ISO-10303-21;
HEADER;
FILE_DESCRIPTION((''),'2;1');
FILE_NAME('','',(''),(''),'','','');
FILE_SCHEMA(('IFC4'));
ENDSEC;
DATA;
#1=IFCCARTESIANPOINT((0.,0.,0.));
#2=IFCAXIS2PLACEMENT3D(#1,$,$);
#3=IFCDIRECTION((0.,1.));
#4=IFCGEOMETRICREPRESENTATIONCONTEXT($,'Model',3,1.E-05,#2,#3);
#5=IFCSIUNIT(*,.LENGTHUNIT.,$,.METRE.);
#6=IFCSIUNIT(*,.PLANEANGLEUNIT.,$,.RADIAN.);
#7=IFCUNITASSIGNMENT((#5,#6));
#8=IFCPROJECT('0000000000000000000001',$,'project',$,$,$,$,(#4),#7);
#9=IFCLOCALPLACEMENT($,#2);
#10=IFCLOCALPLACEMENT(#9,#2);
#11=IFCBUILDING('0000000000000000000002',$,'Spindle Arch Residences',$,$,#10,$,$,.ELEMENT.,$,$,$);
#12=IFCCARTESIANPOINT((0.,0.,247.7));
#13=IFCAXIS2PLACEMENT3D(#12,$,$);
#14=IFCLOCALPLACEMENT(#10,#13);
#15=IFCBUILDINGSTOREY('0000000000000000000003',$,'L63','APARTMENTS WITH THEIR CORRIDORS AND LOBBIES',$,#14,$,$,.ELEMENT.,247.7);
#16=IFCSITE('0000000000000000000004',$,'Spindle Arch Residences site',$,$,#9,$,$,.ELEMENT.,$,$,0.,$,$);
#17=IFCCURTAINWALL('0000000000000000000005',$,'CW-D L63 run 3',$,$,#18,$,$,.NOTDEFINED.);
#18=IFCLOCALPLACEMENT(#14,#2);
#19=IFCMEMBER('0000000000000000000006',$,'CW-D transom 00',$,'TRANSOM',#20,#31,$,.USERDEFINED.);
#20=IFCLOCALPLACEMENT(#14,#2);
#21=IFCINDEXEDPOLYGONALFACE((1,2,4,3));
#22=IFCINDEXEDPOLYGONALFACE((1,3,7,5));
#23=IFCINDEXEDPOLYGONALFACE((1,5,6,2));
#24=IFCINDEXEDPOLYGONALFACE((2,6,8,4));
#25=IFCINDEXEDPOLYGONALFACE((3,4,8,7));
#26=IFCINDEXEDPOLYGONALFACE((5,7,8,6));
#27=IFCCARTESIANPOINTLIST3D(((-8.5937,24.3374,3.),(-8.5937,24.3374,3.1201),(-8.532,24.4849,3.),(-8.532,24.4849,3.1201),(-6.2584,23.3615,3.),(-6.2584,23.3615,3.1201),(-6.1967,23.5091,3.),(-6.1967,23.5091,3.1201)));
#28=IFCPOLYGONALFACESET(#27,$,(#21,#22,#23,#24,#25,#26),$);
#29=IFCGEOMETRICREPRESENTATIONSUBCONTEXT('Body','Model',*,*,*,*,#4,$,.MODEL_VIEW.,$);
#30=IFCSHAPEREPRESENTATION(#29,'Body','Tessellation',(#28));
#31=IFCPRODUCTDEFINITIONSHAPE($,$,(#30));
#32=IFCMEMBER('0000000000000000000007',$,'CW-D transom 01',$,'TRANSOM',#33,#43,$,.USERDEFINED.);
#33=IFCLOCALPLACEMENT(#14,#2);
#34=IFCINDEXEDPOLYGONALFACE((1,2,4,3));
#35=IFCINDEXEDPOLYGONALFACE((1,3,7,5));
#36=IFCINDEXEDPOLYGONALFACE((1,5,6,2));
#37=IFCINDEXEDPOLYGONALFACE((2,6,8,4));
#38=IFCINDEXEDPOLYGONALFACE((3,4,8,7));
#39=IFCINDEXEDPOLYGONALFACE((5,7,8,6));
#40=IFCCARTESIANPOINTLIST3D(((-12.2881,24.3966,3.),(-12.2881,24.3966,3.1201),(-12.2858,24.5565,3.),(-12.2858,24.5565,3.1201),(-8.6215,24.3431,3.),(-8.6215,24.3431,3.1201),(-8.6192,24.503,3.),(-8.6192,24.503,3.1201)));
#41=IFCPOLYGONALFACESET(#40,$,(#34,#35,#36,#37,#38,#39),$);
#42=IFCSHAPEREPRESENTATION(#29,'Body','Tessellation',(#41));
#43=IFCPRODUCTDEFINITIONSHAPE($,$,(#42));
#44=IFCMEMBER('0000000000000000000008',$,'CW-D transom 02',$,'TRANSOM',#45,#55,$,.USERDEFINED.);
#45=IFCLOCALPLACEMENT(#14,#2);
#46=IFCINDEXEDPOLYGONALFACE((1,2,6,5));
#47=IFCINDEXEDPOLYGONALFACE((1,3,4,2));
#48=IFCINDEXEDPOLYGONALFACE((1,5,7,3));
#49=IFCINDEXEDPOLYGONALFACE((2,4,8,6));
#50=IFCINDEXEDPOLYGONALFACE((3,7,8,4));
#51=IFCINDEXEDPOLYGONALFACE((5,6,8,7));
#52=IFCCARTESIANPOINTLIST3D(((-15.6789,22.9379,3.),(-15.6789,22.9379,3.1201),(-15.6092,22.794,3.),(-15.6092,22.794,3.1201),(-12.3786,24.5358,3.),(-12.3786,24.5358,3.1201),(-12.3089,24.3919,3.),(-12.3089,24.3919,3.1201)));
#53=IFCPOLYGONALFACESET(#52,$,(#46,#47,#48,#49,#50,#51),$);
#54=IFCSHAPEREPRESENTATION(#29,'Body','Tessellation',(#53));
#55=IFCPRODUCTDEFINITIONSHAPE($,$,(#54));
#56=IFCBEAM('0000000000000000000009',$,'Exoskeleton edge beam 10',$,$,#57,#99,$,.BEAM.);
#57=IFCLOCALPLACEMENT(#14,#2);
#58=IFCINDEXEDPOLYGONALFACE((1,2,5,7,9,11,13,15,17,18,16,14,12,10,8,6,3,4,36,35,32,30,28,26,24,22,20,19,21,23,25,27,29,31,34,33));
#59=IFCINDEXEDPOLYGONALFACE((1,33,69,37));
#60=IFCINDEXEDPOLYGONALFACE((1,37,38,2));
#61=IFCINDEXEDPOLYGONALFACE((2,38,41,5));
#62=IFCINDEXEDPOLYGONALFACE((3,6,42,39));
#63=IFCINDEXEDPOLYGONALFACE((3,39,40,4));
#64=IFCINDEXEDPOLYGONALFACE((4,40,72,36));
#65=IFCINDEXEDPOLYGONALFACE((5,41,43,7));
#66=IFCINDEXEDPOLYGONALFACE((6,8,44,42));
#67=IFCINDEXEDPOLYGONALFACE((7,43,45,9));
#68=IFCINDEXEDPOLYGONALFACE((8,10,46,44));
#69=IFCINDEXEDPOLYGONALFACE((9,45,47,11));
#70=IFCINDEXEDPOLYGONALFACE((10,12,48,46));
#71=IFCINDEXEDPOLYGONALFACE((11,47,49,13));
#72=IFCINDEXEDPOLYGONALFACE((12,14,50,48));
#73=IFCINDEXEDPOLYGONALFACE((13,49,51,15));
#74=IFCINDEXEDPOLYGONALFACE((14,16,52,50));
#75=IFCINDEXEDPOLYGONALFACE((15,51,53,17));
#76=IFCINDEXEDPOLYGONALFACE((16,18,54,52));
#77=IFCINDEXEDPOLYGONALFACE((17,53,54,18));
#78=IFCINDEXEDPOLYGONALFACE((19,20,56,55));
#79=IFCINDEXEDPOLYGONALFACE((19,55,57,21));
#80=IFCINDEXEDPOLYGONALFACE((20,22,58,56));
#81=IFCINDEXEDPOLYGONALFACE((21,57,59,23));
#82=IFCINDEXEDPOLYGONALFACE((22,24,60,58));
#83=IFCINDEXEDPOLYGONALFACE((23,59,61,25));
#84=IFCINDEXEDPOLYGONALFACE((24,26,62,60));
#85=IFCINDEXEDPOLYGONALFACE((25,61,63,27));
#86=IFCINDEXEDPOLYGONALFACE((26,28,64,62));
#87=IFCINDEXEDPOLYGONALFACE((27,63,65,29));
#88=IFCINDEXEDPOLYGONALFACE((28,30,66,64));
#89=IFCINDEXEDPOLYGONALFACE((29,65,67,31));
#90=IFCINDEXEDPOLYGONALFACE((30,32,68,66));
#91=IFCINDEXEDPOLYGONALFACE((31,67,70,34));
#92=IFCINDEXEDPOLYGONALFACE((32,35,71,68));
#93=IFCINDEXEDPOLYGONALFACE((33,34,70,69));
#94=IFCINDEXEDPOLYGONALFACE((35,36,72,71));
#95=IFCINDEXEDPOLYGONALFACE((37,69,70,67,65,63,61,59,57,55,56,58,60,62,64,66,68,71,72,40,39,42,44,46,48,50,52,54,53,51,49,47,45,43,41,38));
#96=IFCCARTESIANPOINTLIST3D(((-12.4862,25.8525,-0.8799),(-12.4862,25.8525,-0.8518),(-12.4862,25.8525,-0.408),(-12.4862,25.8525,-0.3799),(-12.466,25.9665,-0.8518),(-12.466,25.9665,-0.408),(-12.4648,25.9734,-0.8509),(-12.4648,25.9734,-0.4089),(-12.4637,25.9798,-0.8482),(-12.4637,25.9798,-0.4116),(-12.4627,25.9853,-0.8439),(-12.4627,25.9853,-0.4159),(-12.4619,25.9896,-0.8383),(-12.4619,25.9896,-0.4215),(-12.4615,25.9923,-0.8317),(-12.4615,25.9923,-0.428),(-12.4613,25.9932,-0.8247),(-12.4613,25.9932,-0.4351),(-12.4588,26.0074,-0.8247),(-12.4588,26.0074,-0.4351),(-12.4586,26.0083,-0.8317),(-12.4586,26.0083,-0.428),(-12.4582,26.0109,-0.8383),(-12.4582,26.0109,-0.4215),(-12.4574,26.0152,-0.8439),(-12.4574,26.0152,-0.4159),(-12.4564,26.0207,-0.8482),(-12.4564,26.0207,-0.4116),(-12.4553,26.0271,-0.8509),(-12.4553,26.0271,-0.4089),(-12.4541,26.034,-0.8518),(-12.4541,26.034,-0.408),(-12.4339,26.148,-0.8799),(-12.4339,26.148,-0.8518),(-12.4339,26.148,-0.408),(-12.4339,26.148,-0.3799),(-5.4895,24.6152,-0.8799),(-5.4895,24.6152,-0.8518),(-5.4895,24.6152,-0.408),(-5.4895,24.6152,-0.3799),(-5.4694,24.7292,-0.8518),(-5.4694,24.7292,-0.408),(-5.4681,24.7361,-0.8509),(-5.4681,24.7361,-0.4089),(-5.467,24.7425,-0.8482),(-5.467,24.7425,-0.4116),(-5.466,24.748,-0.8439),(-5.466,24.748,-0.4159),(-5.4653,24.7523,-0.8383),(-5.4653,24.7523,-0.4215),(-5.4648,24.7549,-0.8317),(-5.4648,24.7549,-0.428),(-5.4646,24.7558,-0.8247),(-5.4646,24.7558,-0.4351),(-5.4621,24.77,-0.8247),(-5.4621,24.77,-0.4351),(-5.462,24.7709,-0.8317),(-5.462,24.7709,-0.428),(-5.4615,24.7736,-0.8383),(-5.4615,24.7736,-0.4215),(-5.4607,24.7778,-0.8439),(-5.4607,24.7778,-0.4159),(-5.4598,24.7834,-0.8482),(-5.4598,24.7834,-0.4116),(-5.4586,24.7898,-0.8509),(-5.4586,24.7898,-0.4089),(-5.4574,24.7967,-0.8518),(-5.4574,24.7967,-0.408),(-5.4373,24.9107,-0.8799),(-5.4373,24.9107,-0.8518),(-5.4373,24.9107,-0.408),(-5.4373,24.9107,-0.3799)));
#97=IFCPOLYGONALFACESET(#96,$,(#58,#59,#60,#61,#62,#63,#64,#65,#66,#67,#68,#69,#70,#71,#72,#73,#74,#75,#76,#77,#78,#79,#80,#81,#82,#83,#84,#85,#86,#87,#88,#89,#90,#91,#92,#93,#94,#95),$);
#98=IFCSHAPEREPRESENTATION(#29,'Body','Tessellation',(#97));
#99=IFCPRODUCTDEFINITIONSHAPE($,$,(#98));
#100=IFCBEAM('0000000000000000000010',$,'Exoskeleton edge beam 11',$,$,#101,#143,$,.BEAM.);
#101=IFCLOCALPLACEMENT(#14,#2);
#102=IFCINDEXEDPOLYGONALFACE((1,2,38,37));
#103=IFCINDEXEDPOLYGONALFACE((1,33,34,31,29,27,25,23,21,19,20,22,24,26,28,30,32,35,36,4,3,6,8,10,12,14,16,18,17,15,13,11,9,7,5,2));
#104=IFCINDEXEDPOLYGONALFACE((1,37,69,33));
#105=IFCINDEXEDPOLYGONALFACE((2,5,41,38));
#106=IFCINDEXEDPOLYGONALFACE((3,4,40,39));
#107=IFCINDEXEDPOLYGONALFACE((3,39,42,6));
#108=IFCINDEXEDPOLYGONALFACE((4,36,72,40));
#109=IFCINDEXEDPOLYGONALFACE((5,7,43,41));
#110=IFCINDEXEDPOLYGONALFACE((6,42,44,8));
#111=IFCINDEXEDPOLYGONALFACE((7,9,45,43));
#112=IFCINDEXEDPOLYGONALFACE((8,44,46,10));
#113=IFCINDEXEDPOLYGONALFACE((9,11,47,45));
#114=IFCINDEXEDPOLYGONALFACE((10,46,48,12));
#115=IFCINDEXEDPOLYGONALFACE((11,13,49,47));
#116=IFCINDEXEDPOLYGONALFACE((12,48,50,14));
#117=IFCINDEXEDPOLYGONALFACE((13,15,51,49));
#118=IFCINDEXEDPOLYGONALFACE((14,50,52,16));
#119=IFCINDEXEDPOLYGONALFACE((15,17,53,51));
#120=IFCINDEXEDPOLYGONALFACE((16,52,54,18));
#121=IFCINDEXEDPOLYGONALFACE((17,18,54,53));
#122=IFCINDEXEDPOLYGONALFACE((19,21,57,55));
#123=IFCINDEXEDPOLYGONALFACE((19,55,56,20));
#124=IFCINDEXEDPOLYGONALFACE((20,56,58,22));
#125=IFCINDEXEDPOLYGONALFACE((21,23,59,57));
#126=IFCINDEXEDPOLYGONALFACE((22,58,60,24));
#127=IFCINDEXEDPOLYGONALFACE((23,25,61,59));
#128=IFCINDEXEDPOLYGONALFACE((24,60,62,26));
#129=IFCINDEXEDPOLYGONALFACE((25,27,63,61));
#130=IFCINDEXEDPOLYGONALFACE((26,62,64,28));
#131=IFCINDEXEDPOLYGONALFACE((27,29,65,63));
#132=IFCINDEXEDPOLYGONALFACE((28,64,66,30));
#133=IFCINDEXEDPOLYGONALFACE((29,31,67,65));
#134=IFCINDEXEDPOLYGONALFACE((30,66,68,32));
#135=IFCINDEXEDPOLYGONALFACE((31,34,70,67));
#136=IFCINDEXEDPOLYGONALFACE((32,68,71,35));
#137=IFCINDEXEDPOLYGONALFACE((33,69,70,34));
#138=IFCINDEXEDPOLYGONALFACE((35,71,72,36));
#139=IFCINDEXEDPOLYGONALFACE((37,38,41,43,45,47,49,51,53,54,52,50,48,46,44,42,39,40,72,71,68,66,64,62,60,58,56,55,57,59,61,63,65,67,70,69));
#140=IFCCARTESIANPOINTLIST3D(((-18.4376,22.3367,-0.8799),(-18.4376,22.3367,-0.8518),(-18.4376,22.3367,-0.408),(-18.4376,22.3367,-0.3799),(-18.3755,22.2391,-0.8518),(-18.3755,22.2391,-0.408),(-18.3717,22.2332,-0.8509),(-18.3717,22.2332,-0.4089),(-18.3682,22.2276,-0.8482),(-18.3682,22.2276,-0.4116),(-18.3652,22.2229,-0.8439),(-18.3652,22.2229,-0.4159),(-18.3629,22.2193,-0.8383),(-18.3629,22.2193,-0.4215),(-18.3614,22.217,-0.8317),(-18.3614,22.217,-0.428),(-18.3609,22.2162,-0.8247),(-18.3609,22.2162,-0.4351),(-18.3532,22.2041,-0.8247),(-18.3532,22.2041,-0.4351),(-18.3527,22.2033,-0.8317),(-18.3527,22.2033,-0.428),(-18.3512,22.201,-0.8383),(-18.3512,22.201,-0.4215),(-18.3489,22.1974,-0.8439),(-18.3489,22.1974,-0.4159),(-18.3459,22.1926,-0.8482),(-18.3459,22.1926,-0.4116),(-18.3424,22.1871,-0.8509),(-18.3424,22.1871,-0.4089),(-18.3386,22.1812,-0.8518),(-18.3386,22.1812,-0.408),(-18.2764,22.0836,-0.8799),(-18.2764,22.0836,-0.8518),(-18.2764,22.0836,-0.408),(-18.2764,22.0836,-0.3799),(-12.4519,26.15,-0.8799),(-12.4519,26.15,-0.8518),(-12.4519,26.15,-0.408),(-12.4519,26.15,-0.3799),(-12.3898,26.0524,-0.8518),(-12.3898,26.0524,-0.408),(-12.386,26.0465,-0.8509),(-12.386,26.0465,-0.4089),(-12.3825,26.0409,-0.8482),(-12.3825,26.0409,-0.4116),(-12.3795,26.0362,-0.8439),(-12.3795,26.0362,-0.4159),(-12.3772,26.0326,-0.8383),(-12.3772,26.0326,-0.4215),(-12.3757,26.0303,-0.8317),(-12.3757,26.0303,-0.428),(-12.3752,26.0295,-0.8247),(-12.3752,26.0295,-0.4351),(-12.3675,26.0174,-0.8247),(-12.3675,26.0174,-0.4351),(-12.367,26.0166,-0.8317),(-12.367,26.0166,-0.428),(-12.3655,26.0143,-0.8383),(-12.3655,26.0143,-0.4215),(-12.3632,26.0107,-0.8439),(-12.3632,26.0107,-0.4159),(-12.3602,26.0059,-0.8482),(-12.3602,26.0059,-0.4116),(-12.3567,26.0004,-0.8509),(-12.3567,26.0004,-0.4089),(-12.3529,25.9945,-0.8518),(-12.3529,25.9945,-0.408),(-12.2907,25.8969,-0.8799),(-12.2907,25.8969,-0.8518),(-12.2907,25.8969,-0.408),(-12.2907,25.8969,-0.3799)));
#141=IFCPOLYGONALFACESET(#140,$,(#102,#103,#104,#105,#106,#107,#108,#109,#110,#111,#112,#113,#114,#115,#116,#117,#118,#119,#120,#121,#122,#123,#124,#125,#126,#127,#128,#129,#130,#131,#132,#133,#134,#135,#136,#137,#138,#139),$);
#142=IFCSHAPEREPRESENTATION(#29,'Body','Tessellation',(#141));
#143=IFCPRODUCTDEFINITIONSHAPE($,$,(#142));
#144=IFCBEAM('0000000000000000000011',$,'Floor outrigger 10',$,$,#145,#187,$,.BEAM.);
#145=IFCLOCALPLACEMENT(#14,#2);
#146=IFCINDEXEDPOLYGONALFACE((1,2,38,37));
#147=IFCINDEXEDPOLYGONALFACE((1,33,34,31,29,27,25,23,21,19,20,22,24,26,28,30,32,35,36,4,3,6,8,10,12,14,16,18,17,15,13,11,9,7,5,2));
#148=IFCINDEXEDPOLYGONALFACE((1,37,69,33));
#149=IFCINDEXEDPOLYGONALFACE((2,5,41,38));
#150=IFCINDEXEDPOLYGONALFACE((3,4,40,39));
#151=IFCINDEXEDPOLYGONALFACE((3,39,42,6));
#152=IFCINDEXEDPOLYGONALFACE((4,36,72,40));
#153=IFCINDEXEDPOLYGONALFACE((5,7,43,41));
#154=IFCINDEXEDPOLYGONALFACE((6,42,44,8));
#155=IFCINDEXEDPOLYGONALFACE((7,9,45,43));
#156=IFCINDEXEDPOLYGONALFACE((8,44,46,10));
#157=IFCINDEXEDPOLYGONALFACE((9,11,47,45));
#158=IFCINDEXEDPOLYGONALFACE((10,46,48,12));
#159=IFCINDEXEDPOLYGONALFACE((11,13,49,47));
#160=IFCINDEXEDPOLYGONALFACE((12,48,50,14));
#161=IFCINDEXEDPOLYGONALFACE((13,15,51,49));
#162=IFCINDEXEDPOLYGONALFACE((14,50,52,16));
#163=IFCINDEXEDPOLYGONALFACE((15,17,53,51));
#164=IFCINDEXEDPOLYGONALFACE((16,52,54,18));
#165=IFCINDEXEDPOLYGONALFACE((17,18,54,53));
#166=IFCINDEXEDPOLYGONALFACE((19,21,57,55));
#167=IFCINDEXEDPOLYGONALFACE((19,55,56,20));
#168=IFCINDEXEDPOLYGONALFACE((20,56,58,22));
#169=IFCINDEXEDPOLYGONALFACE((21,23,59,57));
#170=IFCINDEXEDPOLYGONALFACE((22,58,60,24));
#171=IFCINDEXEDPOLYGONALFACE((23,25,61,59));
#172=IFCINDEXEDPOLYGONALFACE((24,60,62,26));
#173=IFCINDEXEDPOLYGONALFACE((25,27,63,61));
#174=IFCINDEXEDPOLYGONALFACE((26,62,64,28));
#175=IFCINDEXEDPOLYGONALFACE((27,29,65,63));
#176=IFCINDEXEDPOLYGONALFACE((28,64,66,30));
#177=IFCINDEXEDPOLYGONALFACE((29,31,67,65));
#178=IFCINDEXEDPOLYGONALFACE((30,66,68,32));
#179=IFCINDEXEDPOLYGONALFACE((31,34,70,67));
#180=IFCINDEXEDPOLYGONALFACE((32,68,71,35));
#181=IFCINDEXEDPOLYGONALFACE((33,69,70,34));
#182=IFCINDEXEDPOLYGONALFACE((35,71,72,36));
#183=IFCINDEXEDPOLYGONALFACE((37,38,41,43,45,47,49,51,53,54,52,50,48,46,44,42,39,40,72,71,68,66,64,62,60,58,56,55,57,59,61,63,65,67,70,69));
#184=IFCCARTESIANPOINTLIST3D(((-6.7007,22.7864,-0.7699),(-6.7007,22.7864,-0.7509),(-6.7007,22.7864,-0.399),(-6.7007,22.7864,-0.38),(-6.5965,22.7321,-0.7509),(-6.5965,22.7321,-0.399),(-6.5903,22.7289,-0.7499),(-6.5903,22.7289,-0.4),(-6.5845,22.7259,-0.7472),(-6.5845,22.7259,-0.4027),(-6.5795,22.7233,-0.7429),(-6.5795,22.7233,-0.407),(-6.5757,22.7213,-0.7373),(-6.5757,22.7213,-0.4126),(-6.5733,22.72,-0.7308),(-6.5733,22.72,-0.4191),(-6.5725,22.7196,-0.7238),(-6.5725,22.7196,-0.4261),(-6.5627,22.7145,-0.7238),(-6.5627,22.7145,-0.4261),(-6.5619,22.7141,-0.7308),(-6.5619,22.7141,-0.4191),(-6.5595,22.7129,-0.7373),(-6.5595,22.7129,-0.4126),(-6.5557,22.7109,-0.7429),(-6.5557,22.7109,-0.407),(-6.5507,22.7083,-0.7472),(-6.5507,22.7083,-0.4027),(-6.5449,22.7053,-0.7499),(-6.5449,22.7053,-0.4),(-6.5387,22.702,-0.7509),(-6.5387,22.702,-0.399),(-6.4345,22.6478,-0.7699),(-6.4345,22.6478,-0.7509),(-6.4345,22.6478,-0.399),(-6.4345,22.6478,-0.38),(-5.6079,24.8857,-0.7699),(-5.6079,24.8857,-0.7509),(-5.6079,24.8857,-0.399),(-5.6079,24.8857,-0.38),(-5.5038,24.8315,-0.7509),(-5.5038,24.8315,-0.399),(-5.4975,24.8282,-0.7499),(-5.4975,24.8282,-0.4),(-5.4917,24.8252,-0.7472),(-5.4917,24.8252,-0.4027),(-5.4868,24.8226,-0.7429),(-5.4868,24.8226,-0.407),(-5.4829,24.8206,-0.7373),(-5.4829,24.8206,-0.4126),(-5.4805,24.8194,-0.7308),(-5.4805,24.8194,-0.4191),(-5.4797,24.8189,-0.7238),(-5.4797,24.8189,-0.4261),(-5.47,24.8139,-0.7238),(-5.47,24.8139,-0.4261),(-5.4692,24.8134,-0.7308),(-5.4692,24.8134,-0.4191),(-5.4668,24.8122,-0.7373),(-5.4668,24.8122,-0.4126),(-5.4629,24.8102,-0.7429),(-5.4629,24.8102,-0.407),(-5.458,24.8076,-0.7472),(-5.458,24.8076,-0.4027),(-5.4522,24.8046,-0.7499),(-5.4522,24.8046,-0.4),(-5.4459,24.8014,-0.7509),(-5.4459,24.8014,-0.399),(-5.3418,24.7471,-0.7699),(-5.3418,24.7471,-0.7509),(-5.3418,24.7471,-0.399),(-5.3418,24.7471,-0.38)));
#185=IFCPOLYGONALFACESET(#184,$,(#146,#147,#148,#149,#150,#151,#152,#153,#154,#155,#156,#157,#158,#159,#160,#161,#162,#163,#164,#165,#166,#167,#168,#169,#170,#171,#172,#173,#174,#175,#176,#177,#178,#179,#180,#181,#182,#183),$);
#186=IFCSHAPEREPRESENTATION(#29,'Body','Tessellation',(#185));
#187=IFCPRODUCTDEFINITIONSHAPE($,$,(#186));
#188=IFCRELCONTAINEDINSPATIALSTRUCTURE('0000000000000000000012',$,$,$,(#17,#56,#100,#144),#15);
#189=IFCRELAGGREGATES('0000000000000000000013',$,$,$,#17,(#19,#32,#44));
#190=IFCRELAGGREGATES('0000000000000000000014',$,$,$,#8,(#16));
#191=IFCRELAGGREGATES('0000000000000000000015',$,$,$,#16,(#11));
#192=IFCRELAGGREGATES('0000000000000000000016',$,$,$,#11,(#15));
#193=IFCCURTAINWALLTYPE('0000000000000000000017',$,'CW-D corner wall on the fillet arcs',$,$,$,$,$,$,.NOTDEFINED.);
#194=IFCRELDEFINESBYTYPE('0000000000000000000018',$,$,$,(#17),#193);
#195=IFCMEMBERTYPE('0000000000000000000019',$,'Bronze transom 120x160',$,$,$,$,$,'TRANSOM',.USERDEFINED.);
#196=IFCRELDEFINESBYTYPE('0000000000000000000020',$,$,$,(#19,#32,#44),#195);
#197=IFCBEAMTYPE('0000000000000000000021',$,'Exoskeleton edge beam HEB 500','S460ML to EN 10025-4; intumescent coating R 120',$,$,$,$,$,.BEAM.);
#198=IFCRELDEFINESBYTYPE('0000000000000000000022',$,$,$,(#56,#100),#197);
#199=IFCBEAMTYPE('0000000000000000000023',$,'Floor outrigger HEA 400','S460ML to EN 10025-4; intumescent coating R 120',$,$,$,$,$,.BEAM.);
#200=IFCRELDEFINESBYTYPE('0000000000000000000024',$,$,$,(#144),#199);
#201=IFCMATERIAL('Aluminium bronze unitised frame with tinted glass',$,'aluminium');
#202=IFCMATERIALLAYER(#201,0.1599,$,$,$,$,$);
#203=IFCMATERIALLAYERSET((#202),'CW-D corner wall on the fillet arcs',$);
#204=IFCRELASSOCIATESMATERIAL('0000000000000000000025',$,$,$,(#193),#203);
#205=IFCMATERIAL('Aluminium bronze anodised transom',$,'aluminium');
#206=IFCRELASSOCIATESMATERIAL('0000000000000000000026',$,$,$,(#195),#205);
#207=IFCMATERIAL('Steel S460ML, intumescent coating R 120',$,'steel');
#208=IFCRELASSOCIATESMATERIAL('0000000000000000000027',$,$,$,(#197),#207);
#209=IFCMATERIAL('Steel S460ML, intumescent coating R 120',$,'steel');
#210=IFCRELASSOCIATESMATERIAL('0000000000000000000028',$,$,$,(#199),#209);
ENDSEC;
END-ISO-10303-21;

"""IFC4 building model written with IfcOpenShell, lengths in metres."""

from ifc_helpers import new_model, si_unit, direction, frame, origin, origin_2d, place, context, subcontext, project, spatial, rectangle, i_section, extrude, material, layer, layer_set, material_profile, profile_set, type_object, element, aggregate, save


model = new_model("IFC4")

# Units and contexts
model_context = context("Model", 3, precision=1e-05, world=origin(), true_north=direction((0.0, 1.0)))
body_context = subcontext(model_context, "Body", "Model", "MODEL_VIEW")
ifc_project = project(units=[si_unit("LENGTHUNIT", "METRE"), si_unit("PLANEANGLEUNIT", "RADIAN")], contexts=[model_context])

# Site, building, storey
site_placement = place(None, origin())
site = spatial("IfcSite", under=ifc_project, at=site_placement, Name="Spindle Arch Residences site", CompositionType="ELEMENT", RefElevation=0.0)
building_placement = place(site_placement, origin())
building = spatial("IfcBuilding", under=site, at=building_placement, Name="Spindle Arch Residences", CompositionType="ELEMENT")
storey_placement = place(building_placement, frame((0.0, 0.0, 247.7)))
storey = spatial("IfcBuildingStorey", under=building, at=storey_placement, Name="L63", Description="APARTMENTS WITH THEIR CORRIDORS AND LOBBIES", CompositionType="ELEMENT", Elevation=247.7)

# Curtain wall, members
ifc_material_1 = material(Name="Aluminium bronze unitised frame with tinted glass", Category="aluminium")
ifc_layer_1 = layer(ifc_material_1, 0.1599)
ifc_layer_set_1 = layer_set([ifc_layer_1], Name="CW-D corner wall on the fillet arcs")
curtain_wall_type_1 = type_object("IfcCurtainWallType", Name="CW-D corner wall on the fillet arcs", PredefinedType="NOTDEFINED", material=ifc_layer_set_1)
curtain_wall_1_placement = place(storey_placement, origin())
curtain_wall_1 = element("IfcCurtainWall", 1, at=curtain_wall_1_placement, inside=storey, type_object=curtain_wall_type_1, Name="CW-D L63 run 3", PredefinedType="NOTDEFINED")
ifc_material_2 = material(Name="Aluminium bronze anodised transom", Category="aluminium")
ifc_material_profile_1 = material_profile(ifc_material_2, rectangle(XDim=0.1599, YDim=0.1201, at=origin_2d()), Name="TR 120x160")
ifc_profile_set_1 = profile_set([ifc_material_profile_1], Name="Aluminium bronze anodised transom")
member_type_1 = type_object("IfcMemberType", Name="Bronze transom 120x160", ElementType="TRANSOM", PredefinedType="USERDEFINED", material=ifc_profile_set_1)
member_1_placement = place(storey_placement, frame((-6.2275, 23.4353, 3.0601), z_axis=(-0.92268, 0.385567, 0.0), x_axis=(-0.385567, -0.92268, 0.0)))
member_1 = element("IfcMember", 2, at=member_1_placement, type_object=member_type_1, Name="CW-D transom 00", ObjectType="TRANSOM", PredefinedType="USERDEFINED", context=body_context, shape_type="SweptSolid", body=[
    extrude(rectangle(XDim=0.1599, YDim=0.1201, at=origin_2d()), origin(), (0.0, 0.0, 1.0), 2.531),
])
member_2_placement = place(storey_placement, frame((-8.6204, 24.4231, 3.0601), z_axis=(-0.999894, 0.014581, 0.0), x_axis=(-0.014581, -0.999894, 0.0)))
member_2 = element("IfcMember", 3, at=member_2_placement, type_object=member_type_1, Name="CW-D transom 01", ObjectType="TRANSOM", PredefinedType="USERDEFINED", context=body_context, shape_type="SweptSolid", body=[
    extrude(rectangle(XDim=0.1599, YDim=0.1201, at=origin_2d()), origin(), (0.0, 0.0, 1.0), 3.667),
])
member_3_placement = place(storey_placement, frame((-12.3438, 24.4639, 3.0601), z_axis=(-0.900054, -0.435778, 0.0), x_axis=(0.435778, -0.900054, 0.0)))
member_3 = element("IfcMember", 4, at=member_3_placement, type_object=member_type_1, Name="CW-D transom 02", ObjectType="TRANSOM", PredefinedType="USERDEFINED", context=body_context, shape_type="SweptSolid", body=[
    extrude(rectangle(XDim=0.1599, YDim=0.1201, at=origin_2d()), origin(), (0.0, 0.0, 1.0), 3.6667),
])

# Beams
ifc_material_3 = material(Name="Steel S460ML, intumescent coating R 120", Category="steel")
ifc_material_profile_2 = material_profile(ifc_material_3, i_section(OverallWidth=0.3, OverallDepth=0.5, WebThickness=0.0144, FlangeThickness=0.0281, FilletRadius=0.0271, at=origin_2d()), Name="HEB 500")
ifc_profile_set_2 = profile_set([ifc_material_profile_2], Name="Steel S460ML, intumescent coating R 120")
beam_type_1 = type_object("IfcBeamType", Name="Exoskeleton edge beam HEB 500", Description="S460ML to EN 10025-4; intumescent coating R 120", PredefinedType="BEAM", material=ifc_profile_set_2)
beam_1_placement = place(storey_placement, frame((-5.4634, 24.7629, -0.6299), z_axis=(-0.984721, 0.174142, 0.0), x_axis=(-0.174142, -0.984721, 0.0)))
element("IfcBeam", 5, at=beam_1_placement, inside=storey, type_object=beam_type_1, Name="Exoskeleton edge beam 10", PredefinedType="BEAM", context=body_context, shape_type="SweptSolid", body=[
    extrude(i_section(OverallWidth=0.3, OverallDepth=0.5, WebThickness=0.0144, FlangeThickness=0.0281, FilletRadius=0.0271, at=origin_2d()), origin(), (0.0, 0.0, 1.0), 7.1052),
])
beam_2_placement = place(storey_placement, frame((-12.3713, 26.0234, -0.6299), z_axis=(-0.843392, -0.537298, 0.0), x_axis=(0.537298, -0.843392, 0.0)))
element("IfcBeam", 6, at=beam_2_placement, inside=storey, type_object=beam_type_1, Name="Exoskeleton edge beam 11", PredefinedType="BEAM", context=body_context, shape_type="SweptSolid", body=[
    extrude(i_section(OverallWidth=0.3, OverallDepth=0.5, WebThickness=0.0144, FlangeThickness=0.0281, FilletRadius=0.0271, at=origin_2d()), origin(), (0.0, 0.0, 1.0), 7.0972),
])
ifc_material_4 = material(Name="Steel S460ML, intumescent coating R 120", Category="steel")
ifc_material_profile_3 = material_profile(ifc_material_4, i_section(OverallWidth=0.3, OverallDepth=0.3899, WebThickness=0.011, FlangeThickness=0.019, FilletRadius=0.0271, at=origin_2d()), Name="HEA 400")
ifc_profile_set_3 = profile_set([ifc_material_profile_3], Name="Steel S460ML, intumescent coating R 120")
beam_type_2 = type_object("IfcBeamType", Name="Floor outrigger HEA 400", Description="S460ML to EN 10025-4; intumescent coating R 120", PredefinedType="BEAM", material=ifc_profile_set_3)
beam_3_placement = place(storey_placement, frame((-5.4749, 24.8164, -0.575), z_axis=(-0.46172, -0.887026, 0.0), x_axis=(0.887026, -0.46172, 0.0)))
element("IfcBeam", 7, at=beam_3_placement, inside=storey, type_object=beam_type_2, Name="Floor outrigger 10", PredefinedType="BEAM", context=body_context, shape_type="SweptSolid", body=[
    extrude(i_section(OverallWidth=0.3, OverallDepth=0.3899, WebThickness=0.011, FlangeThickness=0.019, FilletRadius=0.0271, at=origin_2d()), origin(), (0.0, 0.0, 1.0), 2.3667),
])

aggregate(curtain_wall_1, [member_1, member_2, member_3])

save(model, "model.ifc")
